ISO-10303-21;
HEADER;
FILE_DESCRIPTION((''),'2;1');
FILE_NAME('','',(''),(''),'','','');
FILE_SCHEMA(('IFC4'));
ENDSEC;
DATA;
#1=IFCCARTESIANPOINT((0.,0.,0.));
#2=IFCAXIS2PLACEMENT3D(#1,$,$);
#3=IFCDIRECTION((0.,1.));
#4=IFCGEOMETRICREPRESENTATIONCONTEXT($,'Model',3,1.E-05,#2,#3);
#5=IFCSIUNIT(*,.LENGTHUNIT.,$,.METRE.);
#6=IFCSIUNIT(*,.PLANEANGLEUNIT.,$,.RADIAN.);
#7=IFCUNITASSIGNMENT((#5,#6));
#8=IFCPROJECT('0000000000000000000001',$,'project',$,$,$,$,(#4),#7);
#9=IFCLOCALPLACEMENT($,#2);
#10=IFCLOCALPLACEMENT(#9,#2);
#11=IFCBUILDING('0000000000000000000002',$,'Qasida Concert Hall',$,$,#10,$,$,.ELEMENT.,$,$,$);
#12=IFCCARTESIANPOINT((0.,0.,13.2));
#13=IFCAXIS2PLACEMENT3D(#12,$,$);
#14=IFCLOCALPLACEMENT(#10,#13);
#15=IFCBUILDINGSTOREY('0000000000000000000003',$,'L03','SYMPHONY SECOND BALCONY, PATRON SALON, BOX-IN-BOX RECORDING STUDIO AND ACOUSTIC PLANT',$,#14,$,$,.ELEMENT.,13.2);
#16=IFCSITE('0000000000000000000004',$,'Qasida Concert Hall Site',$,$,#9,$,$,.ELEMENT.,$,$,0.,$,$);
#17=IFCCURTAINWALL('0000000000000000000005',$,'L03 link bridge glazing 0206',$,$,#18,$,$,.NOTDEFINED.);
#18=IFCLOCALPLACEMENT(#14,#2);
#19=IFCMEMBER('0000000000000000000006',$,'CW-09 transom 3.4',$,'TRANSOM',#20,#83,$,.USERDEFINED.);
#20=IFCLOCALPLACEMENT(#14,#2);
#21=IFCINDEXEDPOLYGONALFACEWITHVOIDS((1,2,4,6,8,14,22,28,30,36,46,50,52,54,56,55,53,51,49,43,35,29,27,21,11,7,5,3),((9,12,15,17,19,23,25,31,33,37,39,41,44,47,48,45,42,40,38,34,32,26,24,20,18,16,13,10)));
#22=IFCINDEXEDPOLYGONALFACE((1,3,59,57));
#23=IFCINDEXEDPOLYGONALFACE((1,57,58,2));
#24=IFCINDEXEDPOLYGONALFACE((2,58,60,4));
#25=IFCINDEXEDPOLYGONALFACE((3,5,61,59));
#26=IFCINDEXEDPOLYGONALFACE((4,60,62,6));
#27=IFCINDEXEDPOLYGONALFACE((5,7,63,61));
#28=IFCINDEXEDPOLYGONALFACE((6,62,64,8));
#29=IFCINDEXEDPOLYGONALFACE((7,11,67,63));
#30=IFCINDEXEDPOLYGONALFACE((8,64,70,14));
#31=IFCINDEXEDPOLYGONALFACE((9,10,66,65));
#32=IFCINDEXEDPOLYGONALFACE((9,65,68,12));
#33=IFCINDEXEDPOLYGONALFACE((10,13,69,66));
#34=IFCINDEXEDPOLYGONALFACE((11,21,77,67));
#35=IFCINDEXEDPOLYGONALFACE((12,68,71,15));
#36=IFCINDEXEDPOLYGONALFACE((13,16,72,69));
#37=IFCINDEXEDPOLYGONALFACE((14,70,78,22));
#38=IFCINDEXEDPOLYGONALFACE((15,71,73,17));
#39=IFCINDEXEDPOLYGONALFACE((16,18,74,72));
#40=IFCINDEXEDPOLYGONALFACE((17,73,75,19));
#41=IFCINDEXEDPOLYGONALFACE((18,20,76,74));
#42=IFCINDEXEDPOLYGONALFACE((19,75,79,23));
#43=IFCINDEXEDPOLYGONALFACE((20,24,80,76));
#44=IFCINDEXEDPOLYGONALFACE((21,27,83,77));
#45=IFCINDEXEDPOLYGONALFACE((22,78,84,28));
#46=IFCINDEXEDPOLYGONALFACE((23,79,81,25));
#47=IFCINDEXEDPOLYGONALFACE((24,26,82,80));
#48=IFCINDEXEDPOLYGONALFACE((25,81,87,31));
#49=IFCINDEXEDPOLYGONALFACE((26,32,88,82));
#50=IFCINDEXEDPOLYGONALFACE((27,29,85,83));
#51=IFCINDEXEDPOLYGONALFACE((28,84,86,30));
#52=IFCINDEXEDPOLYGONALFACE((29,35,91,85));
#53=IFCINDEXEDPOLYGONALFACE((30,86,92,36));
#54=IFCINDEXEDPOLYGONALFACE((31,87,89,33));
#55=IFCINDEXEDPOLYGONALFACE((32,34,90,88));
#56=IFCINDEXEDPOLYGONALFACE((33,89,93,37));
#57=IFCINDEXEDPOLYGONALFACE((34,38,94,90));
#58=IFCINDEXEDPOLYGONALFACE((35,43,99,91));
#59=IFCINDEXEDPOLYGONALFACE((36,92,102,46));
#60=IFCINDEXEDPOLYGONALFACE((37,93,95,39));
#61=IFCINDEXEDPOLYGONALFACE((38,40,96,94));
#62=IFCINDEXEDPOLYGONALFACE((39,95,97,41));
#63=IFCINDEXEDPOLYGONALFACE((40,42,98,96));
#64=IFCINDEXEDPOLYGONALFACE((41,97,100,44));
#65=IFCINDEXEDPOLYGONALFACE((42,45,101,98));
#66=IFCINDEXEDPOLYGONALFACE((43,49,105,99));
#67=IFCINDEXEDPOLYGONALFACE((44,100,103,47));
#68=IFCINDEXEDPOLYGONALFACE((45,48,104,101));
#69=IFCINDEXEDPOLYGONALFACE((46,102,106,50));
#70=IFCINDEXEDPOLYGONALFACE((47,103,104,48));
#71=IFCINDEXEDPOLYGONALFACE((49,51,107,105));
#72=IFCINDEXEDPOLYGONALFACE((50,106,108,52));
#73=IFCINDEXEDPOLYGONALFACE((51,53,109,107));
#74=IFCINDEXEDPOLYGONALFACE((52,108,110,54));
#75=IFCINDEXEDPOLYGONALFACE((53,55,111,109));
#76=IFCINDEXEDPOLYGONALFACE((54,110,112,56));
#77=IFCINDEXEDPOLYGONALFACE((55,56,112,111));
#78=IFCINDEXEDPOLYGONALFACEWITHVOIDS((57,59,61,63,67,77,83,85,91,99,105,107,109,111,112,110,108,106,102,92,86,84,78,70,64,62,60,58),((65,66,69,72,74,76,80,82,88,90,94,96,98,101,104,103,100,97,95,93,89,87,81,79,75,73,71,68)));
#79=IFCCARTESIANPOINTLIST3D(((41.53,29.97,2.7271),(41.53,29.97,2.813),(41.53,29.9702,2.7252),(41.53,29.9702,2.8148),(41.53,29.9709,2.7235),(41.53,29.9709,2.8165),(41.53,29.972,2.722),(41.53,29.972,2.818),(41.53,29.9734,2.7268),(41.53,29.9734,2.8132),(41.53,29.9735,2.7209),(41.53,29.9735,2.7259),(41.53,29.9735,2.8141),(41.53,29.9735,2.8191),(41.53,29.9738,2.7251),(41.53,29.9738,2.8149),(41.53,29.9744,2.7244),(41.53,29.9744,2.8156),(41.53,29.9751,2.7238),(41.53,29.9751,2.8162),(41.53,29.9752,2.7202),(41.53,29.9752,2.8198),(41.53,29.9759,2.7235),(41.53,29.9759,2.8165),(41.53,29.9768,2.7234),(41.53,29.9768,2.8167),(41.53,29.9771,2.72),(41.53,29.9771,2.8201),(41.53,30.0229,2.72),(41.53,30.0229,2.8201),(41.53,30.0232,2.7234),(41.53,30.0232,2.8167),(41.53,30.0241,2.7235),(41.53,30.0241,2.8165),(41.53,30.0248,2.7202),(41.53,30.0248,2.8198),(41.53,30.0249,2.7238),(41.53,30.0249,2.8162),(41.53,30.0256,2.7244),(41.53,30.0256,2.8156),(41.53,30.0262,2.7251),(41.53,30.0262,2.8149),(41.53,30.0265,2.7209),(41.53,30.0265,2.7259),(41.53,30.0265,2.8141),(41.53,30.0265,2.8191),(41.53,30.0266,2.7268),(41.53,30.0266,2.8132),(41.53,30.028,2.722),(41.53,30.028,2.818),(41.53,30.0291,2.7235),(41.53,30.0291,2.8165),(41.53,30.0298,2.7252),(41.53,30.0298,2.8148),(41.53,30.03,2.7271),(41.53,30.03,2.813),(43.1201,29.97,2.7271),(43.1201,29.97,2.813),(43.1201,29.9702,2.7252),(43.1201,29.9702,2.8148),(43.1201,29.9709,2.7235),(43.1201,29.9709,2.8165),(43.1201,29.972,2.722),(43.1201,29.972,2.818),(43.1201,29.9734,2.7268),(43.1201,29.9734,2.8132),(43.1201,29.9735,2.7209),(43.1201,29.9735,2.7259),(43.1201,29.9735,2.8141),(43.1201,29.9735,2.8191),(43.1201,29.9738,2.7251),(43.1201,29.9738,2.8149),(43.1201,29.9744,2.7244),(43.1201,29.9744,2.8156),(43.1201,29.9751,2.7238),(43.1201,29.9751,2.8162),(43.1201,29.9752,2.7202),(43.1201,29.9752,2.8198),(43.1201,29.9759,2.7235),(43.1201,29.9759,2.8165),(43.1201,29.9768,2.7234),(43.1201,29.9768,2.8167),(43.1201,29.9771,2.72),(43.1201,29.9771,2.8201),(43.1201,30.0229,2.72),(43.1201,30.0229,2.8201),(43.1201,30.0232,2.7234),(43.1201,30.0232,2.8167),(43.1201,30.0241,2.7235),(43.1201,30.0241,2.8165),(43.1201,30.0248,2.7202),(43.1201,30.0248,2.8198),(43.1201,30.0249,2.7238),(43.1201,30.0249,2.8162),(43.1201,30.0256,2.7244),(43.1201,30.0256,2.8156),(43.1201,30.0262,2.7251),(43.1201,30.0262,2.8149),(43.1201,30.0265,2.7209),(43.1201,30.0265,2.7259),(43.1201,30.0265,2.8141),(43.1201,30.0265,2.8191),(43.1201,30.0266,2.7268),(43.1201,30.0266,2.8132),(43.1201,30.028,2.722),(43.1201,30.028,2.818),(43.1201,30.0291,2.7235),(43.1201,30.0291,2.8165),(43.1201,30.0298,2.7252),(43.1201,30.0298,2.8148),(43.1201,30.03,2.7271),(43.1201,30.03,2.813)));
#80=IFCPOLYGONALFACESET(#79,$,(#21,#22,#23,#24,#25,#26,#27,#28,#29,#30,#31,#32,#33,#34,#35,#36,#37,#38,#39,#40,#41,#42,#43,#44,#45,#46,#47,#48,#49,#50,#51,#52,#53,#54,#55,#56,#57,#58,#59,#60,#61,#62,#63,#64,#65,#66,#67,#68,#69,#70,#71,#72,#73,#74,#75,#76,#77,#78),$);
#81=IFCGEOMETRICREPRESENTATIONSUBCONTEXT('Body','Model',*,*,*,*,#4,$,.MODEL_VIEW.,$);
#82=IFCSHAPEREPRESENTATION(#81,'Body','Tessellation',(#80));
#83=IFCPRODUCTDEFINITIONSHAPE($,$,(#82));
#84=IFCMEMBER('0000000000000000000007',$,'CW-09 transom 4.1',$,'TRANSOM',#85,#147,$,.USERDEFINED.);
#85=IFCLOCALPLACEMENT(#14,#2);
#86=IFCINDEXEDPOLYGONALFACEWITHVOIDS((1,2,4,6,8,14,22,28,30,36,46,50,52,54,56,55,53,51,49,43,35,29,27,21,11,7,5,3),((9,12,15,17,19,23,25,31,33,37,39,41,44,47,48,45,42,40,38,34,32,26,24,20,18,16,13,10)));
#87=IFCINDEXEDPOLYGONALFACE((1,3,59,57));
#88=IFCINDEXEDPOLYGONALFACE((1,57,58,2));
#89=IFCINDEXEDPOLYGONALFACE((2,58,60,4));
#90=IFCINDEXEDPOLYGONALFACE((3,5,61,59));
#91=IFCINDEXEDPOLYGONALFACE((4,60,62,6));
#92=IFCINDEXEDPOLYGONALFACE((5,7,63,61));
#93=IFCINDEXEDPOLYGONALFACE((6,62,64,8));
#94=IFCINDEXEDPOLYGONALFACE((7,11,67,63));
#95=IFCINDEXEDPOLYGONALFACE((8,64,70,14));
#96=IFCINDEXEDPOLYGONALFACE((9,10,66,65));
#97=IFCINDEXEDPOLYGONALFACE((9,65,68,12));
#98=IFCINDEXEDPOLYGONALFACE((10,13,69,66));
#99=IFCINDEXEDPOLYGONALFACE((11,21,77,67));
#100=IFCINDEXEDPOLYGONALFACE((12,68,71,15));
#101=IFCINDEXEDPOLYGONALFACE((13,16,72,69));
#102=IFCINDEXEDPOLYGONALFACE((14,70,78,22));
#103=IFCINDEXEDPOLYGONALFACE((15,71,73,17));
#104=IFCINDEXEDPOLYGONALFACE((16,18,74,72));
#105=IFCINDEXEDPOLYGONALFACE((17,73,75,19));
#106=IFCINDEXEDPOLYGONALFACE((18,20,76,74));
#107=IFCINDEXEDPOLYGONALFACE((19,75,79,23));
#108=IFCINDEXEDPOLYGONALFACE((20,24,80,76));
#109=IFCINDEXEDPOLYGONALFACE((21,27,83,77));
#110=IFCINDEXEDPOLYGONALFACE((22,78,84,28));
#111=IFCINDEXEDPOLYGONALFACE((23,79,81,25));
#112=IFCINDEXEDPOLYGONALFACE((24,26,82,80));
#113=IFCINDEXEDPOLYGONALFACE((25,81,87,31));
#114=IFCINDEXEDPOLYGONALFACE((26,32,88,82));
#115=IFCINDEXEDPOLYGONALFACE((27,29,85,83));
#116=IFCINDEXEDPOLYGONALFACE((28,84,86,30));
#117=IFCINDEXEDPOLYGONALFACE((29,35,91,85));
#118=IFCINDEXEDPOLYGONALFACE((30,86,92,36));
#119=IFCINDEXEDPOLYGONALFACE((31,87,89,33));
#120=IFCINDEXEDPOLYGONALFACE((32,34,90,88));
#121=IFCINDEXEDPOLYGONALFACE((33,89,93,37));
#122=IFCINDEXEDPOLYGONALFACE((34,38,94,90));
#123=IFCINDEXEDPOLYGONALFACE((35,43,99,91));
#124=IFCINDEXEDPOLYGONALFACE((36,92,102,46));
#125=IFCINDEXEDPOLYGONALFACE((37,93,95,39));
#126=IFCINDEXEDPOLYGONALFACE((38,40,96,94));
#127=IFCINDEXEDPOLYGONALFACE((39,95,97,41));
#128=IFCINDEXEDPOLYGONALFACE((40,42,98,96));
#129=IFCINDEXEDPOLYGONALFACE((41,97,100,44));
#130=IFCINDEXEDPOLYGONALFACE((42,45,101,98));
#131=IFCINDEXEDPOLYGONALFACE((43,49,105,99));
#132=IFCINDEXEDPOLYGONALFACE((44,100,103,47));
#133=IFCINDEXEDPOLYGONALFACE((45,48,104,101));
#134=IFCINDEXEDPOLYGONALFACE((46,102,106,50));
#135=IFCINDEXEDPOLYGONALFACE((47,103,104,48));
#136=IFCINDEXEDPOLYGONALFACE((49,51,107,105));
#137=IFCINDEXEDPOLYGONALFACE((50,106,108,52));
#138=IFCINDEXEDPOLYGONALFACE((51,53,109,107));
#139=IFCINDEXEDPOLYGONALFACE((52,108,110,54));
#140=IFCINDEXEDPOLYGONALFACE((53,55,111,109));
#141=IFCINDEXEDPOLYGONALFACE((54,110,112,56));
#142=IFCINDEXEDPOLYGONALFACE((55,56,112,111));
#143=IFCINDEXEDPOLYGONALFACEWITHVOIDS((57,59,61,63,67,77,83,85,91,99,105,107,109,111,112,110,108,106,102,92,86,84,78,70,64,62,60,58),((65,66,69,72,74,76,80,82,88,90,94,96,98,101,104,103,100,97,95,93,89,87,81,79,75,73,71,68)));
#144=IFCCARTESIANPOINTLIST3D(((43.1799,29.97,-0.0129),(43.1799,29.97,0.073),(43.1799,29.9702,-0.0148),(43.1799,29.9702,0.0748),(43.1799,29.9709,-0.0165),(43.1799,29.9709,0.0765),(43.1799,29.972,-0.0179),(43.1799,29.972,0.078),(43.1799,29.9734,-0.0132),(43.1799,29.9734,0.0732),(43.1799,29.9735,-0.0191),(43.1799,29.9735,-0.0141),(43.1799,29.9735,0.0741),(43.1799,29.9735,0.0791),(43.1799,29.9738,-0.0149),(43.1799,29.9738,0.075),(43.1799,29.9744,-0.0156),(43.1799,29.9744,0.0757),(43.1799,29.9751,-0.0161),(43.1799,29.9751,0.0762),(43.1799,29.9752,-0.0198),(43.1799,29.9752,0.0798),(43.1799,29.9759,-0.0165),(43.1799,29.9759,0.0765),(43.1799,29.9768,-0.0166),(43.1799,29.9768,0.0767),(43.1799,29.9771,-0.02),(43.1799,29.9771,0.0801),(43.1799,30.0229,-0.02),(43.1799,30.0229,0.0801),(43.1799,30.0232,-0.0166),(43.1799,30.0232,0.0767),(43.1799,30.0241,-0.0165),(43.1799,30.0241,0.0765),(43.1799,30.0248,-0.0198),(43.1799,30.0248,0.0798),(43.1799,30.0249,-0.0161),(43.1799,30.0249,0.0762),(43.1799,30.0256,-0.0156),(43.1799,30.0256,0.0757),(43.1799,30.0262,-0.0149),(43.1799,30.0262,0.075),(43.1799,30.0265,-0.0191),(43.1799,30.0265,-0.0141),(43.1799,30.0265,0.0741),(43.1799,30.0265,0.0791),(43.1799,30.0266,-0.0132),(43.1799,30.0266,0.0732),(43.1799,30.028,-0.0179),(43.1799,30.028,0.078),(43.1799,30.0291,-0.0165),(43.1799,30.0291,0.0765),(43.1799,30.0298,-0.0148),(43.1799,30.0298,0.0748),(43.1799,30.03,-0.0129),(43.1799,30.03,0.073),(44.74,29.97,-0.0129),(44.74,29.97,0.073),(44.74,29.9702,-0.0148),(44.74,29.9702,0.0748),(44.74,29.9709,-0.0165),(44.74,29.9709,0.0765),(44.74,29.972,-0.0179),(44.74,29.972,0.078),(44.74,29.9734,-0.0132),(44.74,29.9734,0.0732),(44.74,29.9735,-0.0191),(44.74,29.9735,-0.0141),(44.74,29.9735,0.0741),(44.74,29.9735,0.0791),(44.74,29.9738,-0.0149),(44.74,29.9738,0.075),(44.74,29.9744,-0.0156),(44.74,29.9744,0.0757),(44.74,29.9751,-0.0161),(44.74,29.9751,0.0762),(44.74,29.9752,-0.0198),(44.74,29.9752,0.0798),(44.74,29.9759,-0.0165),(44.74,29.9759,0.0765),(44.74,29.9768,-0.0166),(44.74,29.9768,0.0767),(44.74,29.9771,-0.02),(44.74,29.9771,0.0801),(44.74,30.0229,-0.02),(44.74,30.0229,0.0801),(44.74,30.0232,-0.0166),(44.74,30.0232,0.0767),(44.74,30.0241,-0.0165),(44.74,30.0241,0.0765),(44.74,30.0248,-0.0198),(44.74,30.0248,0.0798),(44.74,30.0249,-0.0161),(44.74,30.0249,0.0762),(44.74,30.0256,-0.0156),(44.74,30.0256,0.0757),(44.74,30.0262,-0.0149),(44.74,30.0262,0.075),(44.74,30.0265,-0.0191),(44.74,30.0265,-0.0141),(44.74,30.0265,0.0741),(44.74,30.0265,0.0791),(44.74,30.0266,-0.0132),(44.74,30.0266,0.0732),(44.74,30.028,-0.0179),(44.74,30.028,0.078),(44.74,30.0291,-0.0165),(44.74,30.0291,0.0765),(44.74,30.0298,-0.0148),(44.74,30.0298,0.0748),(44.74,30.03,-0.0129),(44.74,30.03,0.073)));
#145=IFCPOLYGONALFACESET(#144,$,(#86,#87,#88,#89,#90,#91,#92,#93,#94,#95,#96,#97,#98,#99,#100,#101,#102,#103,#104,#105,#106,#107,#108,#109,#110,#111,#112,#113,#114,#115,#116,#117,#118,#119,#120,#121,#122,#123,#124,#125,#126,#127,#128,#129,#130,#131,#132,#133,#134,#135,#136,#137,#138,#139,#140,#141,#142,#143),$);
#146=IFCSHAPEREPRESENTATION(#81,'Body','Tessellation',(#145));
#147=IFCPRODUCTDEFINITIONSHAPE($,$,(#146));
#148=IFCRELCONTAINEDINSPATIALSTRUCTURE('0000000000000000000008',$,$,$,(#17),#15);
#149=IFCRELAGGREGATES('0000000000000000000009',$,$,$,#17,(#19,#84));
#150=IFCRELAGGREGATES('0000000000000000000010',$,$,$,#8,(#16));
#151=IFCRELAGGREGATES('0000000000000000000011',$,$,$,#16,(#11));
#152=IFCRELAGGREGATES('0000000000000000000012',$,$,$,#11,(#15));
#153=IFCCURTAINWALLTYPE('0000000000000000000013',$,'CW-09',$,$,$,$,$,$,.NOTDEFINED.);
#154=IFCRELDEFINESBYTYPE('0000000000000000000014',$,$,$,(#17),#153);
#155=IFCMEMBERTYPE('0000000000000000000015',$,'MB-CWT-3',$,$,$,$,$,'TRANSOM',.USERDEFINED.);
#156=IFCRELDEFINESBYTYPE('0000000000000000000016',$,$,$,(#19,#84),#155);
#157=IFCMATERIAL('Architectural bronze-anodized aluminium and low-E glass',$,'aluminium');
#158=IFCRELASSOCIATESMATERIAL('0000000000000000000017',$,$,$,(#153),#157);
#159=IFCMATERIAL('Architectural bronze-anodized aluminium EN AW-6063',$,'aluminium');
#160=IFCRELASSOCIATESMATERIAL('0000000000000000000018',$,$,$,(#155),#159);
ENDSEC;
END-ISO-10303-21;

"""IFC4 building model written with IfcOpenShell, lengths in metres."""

from ifc_helpers import new_model, si_unit, direction, frame, origin, origin_2d, place, context, subcontext, project, spatial, hollow_rectangle, extrude, material, material_profile, profile_set, type_object, element, aggregate, save


model = new_model("IFC4")

# Units and contexts
model_context = context("Model", 3, precision=1e-05, world=origin(), true_north=direction((0.0, 1.0)))
body_context = subcontext(model_context, "Body", "Model", "MODEL_VIEW")
ifc_project = project(units=[si_unit("LENGTHUNIT", "METRE"), si_unit("PLANEANGLEUNIT", "RADIAN")], contexts=[model_context])

# Site, building, storey
site_placement = place(None, origin())
site = spatial("IfcSite", under=ifc_project, at=site_placement, Name="Qasida Concert Hall Site", CompositionType="ELEMENT", RefElevation=0.0)
building_placement = place(site_placement, origin())
building = spatial("IfcBuilding", under=site, at=building_placement, Name="Qasida Concert Hall", CompositionType="ELEMENT")
storey_placement = place(building_placement, frame((0.0, 0.0, 13.2)))
storey = spatial("IfcBuildingStorey", under=building, at=storey_placement, Name="L03", Description="SYMPHONY SECOND BALCONY, PATRON SALON, BOX-IN-BOX RECORDING STUDIO AND ACOUSTIC PLANT", CompositionType="ELEMENT", Elevation=13.2)

# Curtain wall
ifc_material_1 = material(Name="Architectural bronze-anodized aluminium and low-E glass", Category="aluminium")
curtain_wall_type = type_object("IfcCurtainWallType", Name="CW-09", PredefinedType="NOTDEFINED", material=ifc_material_1)
curtain_wall_1_placement = place(storey_placement, origin())
curtain_wall_1 = element("IfcCurtainWall", 1, at=curtain_wall_1_placement, inside=storey, type_object=curtain_wall_type, Name="L03 link bridge glazing 0206", PredefinedType="NOTDEFINED")
ifc_material_2 = material(Name="Architectural bronze-anodized aluminium EN AW-6063", Category="aluminium")

# Members
ifc_material_profile_1 = material_profile(ifc_material_2, hollow_rectangle(XDim=0.0601, YDim=0.1001, WallThickness=0.0034, InnerFilletRadius=0.0034, OuterFilletRadius=0.0071, at=origin_2d()), Name="CWT 100x60x3.5")
ifc_profile_set_1 = profile_set([ifc_material_profile_1], Name="Architectural bronze-anodized aluminium EN AW-6063")
member_type_1 = type_object("IfcMemberType", Name="MB-CWT-3", ElementType="TRANSOM", PredefinedType="USERDEFINED", material=ifc_profile_set_1)
member_1_placement = place(storey_placement, frame((41.53, 30.0, 2.77), z_axis=(1.0, 0.0, 0.0), x_axis=(0.0, 1.0, 0.0)))
member_1 = element("IfcMember", 2, at=member_1_placement, type_object=member_type_1, Name="CW-09 transom 3.4", ObjectType="TRANSOM", PredefinedType="USERDEFINED", context=body_context, shape_type="SweptSolid", body=[
    extrude(hollow_rectangle(XDim=0.0601, YDim=0.1001, WallThickness=0.0034, InnerFilletRadius=0.0034, OuterFilletRadius=0.0071, at=origin_2d()), origin(), (0.0, 0.0, 1.0), 1.5901),
])
member_2_placement = place(storey_placement, frame((43.1799, 30.0, 0.03), z_axis=(1.0, 0.0, 0.0), x_axis=(0.0, 1.0, 0.0)))
member_2 = element("IfcMember", 3, at=member_2_placement, type_object=member_type_1, Name="CW-09 transom 4.1", ObjectType="TRANSOM", PredefinedType="USERDEFINED", context=body_context, shape_type="SweptSolid", body=[
    extrude(hollow_rectangle(XDim=0.0601, YDim=0.1001, WallThickness=0.0034, InnerFilletRadius=0.0034, OuterFilletRadius=0.0071, at=origin_2d()), origin(), (0.0, 0.0, 1.0), 1.5601),
])

aggregate(curtain_wall_1, [member_1, member_2])

save(model, "model.ifc")
